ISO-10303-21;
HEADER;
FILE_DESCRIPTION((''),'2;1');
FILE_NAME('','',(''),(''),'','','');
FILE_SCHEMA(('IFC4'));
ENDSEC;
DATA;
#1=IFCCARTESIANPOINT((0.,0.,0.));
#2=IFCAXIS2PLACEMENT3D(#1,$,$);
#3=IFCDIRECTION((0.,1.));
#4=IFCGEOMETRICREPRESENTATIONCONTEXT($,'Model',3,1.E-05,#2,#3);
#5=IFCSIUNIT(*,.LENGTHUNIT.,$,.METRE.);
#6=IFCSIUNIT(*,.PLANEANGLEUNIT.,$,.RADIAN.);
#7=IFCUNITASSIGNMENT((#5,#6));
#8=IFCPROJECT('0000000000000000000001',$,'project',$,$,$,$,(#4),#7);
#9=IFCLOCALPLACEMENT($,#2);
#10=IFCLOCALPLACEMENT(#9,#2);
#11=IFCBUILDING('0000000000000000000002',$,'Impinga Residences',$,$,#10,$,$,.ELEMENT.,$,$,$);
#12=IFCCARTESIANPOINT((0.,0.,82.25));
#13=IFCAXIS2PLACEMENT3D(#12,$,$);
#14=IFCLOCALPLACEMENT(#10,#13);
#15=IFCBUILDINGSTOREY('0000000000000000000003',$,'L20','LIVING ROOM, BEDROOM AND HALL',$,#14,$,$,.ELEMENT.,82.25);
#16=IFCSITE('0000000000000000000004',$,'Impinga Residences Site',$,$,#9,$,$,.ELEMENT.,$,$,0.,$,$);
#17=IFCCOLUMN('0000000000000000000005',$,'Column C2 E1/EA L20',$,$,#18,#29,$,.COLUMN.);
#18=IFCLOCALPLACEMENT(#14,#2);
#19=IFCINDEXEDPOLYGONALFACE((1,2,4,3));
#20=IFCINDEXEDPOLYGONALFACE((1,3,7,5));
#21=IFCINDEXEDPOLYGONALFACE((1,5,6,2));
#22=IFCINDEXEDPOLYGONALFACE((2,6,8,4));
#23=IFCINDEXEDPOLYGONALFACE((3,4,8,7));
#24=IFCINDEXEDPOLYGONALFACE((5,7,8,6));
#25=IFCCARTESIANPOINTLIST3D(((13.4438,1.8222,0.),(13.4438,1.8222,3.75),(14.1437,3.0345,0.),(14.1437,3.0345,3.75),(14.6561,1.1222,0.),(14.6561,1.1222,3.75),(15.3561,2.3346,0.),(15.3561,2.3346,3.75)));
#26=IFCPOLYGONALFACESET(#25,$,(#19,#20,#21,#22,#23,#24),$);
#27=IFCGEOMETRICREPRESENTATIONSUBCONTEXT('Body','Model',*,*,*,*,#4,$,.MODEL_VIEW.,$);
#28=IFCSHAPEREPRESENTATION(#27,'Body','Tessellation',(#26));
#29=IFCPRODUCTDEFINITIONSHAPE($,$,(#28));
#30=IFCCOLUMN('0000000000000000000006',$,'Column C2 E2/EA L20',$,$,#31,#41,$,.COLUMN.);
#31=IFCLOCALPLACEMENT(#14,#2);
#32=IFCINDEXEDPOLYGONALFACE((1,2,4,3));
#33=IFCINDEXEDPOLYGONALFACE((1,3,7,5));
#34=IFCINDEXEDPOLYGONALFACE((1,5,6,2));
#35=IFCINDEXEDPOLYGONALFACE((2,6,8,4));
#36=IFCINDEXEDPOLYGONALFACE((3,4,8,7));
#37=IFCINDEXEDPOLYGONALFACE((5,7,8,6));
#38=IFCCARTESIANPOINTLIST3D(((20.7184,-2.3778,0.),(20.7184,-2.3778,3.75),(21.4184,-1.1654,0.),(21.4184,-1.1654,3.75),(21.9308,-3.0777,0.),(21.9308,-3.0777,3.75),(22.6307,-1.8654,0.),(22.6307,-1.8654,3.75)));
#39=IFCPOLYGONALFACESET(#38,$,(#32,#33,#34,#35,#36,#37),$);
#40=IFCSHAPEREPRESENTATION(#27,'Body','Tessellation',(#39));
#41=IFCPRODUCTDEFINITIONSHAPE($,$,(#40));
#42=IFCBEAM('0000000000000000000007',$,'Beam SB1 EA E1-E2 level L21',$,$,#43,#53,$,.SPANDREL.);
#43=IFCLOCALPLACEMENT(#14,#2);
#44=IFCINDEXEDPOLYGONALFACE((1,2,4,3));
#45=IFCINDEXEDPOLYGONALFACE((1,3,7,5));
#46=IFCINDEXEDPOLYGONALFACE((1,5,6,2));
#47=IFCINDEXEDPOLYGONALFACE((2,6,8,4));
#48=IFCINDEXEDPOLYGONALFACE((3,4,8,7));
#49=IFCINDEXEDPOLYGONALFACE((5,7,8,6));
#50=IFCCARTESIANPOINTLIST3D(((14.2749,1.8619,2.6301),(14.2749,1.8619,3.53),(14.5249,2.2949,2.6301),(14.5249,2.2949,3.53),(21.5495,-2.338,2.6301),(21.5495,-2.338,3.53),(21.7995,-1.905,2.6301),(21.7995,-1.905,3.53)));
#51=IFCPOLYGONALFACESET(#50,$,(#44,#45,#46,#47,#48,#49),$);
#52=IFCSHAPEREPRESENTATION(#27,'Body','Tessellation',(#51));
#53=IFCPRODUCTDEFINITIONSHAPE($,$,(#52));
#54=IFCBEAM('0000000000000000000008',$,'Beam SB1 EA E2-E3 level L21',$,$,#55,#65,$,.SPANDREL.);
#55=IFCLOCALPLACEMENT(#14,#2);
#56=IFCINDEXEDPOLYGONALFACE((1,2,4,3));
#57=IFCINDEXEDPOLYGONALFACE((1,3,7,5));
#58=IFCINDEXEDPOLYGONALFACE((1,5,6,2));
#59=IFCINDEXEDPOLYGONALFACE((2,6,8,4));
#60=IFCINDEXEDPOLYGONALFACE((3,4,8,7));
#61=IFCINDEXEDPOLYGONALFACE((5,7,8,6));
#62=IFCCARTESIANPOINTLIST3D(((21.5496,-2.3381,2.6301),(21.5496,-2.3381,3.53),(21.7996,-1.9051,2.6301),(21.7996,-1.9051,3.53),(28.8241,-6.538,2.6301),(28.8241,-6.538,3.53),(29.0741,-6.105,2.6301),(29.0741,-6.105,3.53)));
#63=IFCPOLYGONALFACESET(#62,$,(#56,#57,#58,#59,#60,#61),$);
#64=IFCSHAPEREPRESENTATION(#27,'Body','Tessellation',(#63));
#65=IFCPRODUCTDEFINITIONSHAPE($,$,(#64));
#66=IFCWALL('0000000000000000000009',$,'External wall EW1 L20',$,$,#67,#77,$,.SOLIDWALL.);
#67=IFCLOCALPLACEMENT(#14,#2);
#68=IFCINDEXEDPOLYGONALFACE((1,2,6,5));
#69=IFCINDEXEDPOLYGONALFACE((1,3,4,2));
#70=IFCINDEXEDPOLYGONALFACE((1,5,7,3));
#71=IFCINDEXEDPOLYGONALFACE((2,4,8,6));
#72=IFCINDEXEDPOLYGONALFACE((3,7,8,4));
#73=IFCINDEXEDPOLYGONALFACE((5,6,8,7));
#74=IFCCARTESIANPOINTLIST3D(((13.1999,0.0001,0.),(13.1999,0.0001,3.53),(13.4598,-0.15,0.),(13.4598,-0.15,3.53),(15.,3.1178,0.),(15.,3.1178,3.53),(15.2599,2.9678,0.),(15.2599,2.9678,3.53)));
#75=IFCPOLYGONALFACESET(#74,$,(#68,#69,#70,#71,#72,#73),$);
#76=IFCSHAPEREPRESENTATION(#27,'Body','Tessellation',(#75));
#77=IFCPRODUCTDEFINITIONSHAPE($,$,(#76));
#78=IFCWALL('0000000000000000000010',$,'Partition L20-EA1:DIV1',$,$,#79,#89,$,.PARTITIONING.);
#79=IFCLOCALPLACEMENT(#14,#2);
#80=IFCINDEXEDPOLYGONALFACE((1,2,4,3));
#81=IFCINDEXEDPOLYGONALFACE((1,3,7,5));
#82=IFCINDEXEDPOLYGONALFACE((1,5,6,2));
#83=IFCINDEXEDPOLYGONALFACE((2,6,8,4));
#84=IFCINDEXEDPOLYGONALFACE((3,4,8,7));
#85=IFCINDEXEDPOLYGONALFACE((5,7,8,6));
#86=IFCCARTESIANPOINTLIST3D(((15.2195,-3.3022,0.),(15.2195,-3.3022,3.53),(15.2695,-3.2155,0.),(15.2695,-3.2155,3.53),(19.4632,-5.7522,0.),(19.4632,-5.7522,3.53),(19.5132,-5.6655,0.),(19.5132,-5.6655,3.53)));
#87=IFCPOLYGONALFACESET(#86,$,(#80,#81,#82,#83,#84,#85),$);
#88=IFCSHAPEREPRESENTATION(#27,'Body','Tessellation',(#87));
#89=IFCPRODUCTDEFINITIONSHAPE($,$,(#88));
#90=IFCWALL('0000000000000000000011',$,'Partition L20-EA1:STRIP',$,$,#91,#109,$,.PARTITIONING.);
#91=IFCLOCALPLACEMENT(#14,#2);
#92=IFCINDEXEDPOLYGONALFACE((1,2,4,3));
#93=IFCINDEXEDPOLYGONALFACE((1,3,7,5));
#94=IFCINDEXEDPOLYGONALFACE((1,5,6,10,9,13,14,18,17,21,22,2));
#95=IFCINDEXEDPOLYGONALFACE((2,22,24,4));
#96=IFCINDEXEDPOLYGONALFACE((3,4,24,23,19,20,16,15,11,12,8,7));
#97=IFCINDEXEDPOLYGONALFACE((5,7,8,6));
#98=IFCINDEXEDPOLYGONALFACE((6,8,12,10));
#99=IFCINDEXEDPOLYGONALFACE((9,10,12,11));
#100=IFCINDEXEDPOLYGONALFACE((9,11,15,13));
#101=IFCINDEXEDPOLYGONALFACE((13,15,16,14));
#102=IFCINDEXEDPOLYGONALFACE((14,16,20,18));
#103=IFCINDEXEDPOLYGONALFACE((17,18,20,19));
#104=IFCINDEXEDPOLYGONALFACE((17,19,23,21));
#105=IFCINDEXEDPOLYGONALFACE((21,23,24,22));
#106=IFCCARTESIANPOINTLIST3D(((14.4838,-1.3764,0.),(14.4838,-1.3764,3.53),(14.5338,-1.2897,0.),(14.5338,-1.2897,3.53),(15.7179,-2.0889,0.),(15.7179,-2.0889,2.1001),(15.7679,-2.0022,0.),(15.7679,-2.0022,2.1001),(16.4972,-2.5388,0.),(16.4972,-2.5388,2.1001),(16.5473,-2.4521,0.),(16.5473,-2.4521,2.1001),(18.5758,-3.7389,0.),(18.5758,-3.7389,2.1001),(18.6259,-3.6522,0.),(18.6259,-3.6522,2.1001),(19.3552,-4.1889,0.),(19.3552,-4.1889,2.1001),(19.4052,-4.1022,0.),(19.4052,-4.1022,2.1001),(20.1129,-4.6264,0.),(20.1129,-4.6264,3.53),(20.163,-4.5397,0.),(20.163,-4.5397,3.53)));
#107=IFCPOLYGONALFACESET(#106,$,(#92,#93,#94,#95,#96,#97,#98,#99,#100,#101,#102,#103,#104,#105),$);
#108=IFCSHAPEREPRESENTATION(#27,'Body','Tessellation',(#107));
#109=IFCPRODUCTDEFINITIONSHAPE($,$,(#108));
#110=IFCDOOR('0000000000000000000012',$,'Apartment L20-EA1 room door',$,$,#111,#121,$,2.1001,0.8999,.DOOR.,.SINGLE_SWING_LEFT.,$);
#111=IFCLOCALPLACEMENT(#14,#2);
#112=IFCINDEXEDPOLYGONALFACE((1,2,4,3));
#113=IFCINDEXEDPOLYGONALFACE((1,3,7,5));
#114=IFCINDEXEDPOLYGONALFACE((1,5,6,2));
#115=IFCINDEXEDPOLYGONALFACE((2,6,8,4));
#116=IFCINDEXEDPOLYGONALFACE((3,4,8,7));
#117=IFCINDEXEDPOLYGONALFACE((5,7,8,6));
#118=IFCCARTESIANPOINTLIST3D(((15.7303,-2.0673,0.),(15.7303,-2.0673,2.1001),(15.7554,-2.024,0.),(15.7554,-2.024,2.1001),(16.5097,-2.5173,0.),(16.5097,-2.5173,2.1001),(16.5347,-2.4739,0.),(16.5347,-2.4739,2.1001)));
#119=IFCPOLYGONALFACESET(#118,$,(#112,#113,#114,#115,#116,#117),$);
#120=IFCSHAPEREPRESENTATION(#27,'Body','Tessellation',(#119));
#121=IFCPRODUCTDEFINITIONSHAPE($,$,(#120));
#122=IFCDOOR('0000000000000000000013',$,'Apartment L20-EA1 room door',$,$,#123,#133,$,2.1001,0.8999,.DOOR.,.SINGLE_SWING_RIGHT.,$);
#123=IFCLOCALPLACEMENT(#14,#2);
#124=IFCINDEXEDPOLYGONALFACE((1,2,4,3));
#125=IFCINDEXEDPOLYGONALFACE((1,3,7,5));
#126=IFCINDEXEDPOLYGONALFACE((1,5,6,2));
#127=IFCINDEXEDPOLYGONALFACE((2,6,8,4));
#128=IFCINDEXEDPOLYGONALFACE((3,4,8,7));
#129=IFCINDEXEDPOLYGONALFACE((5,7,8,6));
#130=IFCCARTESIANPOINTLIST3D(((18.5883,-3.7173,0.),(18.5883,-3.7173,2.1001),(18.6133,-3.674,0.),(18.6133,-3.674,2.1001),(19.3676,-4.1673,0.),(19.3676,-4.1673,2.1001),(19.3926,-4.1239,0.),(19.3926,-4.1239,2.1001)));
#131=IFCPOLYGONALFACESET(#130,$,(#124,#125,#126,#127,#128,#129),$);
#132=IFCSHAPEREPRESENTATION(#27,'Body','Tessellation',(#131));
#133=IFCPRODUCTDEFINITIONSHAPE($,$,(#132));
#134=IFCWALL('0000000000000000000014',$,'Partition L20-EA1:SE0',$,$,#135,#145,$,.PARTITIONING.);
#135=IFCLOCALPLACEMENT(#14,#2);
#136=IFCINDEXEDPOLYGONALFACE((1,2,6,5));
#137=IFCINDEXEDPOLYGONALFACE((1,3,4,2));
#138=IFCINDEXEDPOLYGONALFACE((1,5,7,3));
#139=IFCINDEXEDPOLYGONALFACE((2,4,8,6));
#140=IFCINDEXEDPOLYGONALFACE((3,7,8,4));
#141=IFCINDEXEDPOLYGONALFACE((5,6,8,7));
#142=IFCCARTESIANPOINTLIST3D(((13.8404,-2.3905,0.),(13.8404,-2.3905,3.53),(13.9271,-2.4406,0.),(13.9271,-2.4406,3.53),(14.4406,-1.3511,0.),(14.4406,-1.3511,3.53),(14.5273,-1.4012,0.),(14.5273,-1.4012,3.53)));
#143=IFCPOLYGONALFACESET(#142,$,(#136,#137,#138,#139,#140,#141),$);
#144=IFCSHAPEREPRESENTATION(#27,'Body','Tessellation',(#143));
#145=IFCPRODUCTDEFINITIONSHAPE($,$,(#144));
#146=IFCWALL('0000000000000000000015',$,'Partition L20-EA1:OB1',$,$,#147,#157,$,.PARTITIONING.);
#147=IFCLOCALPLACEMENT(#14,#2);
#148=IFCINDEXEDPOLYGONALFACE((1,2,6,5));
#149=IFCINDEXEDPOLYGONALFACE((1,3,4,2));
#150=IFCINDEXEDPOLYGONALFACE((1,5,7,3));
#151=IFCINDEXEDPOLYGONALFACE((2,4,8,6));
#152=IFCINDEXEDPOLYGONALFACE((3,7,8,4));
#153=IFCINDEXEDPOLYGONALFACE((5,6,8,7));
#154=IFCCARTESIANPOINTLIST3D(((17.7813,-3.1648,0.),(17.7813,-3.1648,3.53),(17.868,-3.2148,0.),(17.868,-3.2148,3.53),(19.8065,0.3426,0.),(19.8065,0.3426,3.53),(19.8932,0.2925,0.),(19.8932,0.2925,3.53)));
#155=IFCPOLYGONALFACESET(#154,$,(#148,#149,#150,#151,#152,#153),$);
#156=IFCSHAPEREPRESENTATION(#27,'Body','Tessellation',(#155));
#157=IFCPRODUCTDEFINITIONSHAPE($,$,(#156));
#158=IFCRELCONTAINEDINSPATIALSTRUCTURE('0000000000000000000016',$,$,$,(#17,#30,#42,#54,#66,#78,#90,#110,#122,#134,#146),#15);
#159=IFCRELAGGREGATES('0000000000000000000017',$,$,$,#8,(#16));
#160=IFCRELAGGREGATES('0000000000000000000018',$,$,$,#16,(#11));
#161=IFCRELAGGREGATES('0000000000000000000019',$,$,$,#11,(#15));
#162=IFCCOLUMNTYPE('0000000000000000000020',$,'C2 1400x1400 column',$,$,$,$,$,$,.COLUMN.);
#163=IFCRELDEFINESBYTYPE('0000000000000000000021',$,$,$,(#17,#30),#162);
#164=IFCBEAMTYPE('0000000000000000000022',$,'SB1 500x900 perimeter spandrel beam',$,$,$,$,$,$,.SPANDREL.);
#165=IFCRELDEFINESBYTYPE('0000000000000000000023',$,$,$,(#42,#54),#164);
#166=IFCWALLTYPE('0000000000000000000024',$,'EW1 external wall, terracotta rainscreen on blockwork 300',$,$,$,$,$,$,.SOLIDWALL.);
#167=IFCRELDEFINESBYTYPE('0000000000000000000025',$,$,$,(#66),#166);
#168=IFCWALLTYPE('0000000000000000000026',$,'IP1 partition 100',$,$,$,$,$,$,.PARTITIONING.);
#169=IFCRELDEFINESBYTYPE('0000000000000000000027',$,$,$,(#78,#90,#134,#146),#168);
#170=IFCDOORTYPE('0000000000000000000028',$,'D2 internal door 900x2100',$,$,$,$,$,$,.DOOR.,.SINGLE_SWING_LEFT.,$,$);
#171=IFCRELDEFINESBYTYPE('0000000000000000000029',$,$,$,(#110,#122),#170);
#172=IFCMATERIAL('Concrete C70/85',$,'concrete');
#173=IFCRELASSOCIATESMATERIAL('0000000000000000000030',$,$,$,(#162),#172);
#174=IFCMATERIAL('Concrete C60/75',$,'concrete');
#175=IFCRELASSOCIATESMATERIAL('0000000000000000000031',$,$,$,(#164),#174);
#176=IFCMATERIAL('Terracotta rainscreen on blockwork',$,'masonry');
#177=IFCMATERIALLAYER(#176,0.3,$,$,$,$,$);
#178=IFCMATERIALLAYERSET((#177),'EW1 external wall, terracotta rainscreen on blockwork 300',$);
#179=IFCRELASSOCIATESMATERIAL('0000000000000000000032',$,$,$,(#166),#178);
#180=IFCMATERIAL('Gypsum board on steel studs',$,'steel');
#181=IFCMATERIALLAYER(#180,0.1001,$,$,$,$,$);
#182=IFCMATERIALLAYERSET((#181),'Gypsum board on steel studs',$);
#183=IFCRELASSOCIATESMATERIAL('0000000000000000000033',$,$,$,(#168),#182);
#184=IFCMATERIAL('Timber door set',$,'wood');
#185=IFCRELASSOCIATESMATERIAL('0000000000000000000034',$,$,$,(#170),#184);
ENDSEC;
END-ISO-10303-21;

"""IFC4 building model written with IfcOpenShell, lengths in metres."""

from ifc_helpers import new_model, si_unit, direction, frame, frame_2d, origin, origin_2d, place, context, subcontext, project, spatial, rectangle, extrude, material, layer, layer_set, material_profile, profile_set, type_object, element, fill, save


model = new_model("IFC4")

# Units and contexts
model_context = context("Model", 3, precision=1e-05, world=origin(), true_north=direction((0.0, 1.0)))
body_context = subcontext(model_context, "Body", "Model", "MODEL_VIEW")
ifc_project = project(units=[si_unit("LENGTHUNIT", "METRE"), si_unit("PLANEANGLEUNIT", "RADIAN")], contexts=[model_context])

# Site, building, storey
site_placement = place(None, origin())
site = spatial("IfcSite", under=ifc_project, at=site_placement, Name="Impinga Residences Site", CompositionType="ELEMENT", RefElevation=0.0)
building_placement = place(site_placement, origin())
building = spatial("IfcBuilding", under=site, at=building_placement, Name="Impinga Residences", CompositionType="ELEMENT")
storey_placement = place(building_placement, frame((0.0, 0.0, 82.25)))
storey = spatial("IfcBuildingStorey", under=building, at=storey_placement, Name="L20", Description="LIVING ROOM, BEDROOM AND HALL", CompositionType="ELEMENT", Elevation=82.25)

# Columns
ifc_material_1 = material(Name="Concrete C70/85", Category="concrete")
ifc_material_profile_1 = material_profile(ifc_material_1, rectangle(XDim=1.3999, YDim=1.3999, at=origin_2d()), Name="RC 1400x1400")
ifc_profile_set_1 = profile_set([ifc_material_profile_1], Name="Concrete C70/85")
column_type = type_object("IfcColumnType", Name="C2 1400x1400 column", PredefinedType="COLUMN", material=ifc_profile_set_1)
for number, where, z_axis, x_axis, name in (
    (1, (14.3999, 2.0784, 0.0), (0.0, 0.0, 1.0), (-0.5, -0.866025, 0.0), "Column C2 E1/EA L20"),
    (2, (21.6746, -2.1216, 0.0), (0.0, 0.0, 1.0), (-0.5, -0.866025, 0.0), "Column C2 E2/EA L20"),
):
    element("IfcColumn", number, at=place(storey_placement, frame(where, z_axis=z_axis, x_axis=x_axis)), inside=storey, type_object=column_type, Name=name, PredefinedType="COLUMN", context=body_context, shape_type="SweptSolid", body=[
        extrude(rectangle(XDim=1.3999, YDim=1.3999, at=origin_2d()), origin(), (0.0, 0.0, 1.0), 3.75),
    ])

# Beams
ifc_material_2 = material(Name="Concrete C60/75", Category="concrete")
ifc_material_profile_2 = material_profile(ifc_material_2, rectangle(XDim=0.5, YDim=0.8999, at=origin_2d()), Name="RC 500x900")
ifc_profile_set_2 = profile_set([ifc_material_profile_2], Name="Concrete C60/75")
beam_type = type_object("IfcBeamType", Name="SB1 500x900 perimeter spandrel beam", PredefinedType="SPANDREL", material=ifc_profile_set_2)
for number, where, z_axis, x_axis, name in (
    (3, (14.3999, 2.0784, 3.0801), (0.866029, -0.499993, 0.0), (0.499993, 0.866029, 0.0), "Beam SB1 EA E1-E2 level L21"),
    (4, (21.6746, -2.1216, 3.0801), (0.866029, -0.499993, 0.0), (0.499993, 0.866029, 0.0), "Beam SB1 EA E2-E3 level L21"),
):
    element("IfcBeam", number, at=place(storey_placement, frame(where, z_axis=z_axis, x_axis=x_axis)), inside=storey, type_object=beam_type, Name=name, PredefinedType="SPANDREL", context=body_context, shape_type="SweptSolid", body=[
        extrude(rectangle(XDim=0.5, YDim=0.8999, at=origin_2d()), origin(), (0.0, 0.0, 1.0), 8.3999),
    ])

# Wall
ifc_material_3 = material(Name="Terracotta rainscreen on blockwork", Category="masonry")
ifc_layer_1 = layer(ifc_material_3, 0.3)
ifc_layer_set_1 = layer_set([ifc_layer_1], Name="EW1 external wall, terracotta rainscreen on blockwork 300")
wall_type_1 = type_object("IfcWallType", Name="EW1 external wall, terracotta rainscreen on blockwork 300", PredefinedType="SOLIDWALL", material=ifc_layer_set_1)
wall_1_placement = place(storey_placement, frame((13.3298, -0.075, 0.0), z_axis=(0.0, 0.0, 1.0), x_axis=(0.500012, 0.866018, 0.0)))
element("IfcWall", 5, at=wall_1_placement, inside=storey, type_object=wall_type_1, Name="External wall EW1 L20", PredefinedType="SOLIDWALL", context=body_context, shape_type="SweptSolid", body=[
    extrude(rectangle(XDim=3.6001, YDim=0.3, at=frame_2d((1.8, 0.0))), origin(), (0.0, 0.0, 1.0), 3.53),
])

# Wall
ifc_material_4 = material(Name="Gypsum board on steel studs", Category="steel")
ifc_layer_2 = layer(ifc_material_4, 0.1001)
ifc_layer_set_2 = layer_set([ifc_layer_2], Name="Gypsum board on steel studs")
wall_type_2 = type_object("IfcWallType", Name="IP1 partition 100", PredefinedType="PARTITIONING", material=ifc_layer_set_2)
wall_2_placement = place(storey_placement, frame((15.2444, -3.2588, 0.0), z_axis=(0.0, 0.0, 1.0), x_axis=(0.866036, -0.499981, 0.0)))
element("IfcWall", 6, at=wall_2_placement, inside=storey, type_object=wall_type_2, Name="Partition L20-EA1:DIV1", PredefinedType="PARTITIONING", context=body_context, shape_type="SweptSolid", body=[
    extrude(rectangle(XDim=4.9001, YDim=0.1001, at=frame_2d((2.4502, 0.0))), origin(), (0.0, 0.0, 1.0), 3.53),
])

# Wall, openings, doors
wall_3_placement = place(storey_placement, frame((14.5088, -1.333, 0.0), z_axis=(0.0, 0.0, 1.0), x_axis=(0.866025, -0.500001, 0.0)))
wall_3 = element("IfcWall", 7, at=wall_3_placement, inside=storey, type_object=wall_type_2, Name="Partition L20-EA1:STRIP", PredefinedType="PARTITIONING", context=body_context, shape_type="SweptSolid", body=[
    extrude(rectangle(XDim=6.5, YDim=0.1001, at=frame_2d((3.25, 0.0))), origin(), (0.0, 0.0, 1.0), 3.53),
])
opening_1_placement = place(wall_3_placement, frame((1.425, 0.0, 0.0)))
opening_1 = element("IfcOpeningElement", 8, at=opening_1_placement, cuts=wall_3, PredefinedType="OPENING", context=body_context, shape_type="SweptSolid", body=[
    extrude(rectangle(XDim=0.8999, YDim=2.1001, at=frame_2d((0.45, 1.05))), frame((0.0, 0.0601, 0.0), z_axis=(0.0, -1.0, 0.0), x_axis=(1.0, 0.0, 0.0)), (0.0, 0.0, 1.0), 0.1201),
])
opening_2_placement = place(wall_3_placement, frame((4.7251, 0.0, 0.0)))
opening_2 = element("IfcOpeningElement", 9, at=opening_2_placement, cuts=wall_3, PredefinedType="OPENING", context=body_context, shape_type="SweptSolid", body=[
    extrude(rectangle(XDim=0.8999, YDim=2.1001, at=frame_2d((0.45, 1.05))), frame((0.0, 0.0601, 0.0), z_axis=(0.0, -1.0, 0.0), x_axis=(1.0, 0.0, 0.0)), (0.0, 0.0, 1.0), 0.1201),
])
ifc_material_5 = material(Name="Timber door set", Category="wood")
door_type = type_object("IfcDoorType", Name="D2 internal door 900x2100", OperationType="SINGLE_SWING_LEFT", PredefinedType="DOOR", material=ifc_material_5)
door_1_placement = place(opening_1_placement, origin())
door_1 = element("IfcDoor", 10, at=door_1_placement, inside=storey, type_object=door_type, Name="Apartment L20-EA1 room door", OperationType="SINGLE_SWING_LEFT", OverallHeight=2.1001, OverallWidth=0.8999, PredefinedType="DOOR", context=body_context, shape_type="SweptSolid", body=[
    extrude(rectangle(XDim=0.8999, YDim=2.1001, at=frame_2d((0.45, 1.05))), frame((0.0, 0.0249, 0.0), z_axis=(0.0, -1.0, 0.0), x_axis=(1.0, 0.0, 0.0)), (0.0, 0.0, 1.0), 0.05),
])
fill(opening_1, door_1)
door_2_placement = place(opening_2_placement, origin())
door_2 = element("IfcDoor", 11, at=door_2_placement, inside=storey, type_object=door_type, Name="Apartment L20-EA1 room door", OperationType="SINGLE_SWING_RIGHT", OverallHeight=2.1001, OverallWidth=0.8999, PredefinedType="DOOR", context=body_context, shape_type="SweptSolid", body=[
    extrude(rectangle(XDim=0.8999, YDim=2.1001, at=frame_2d((0.45, 1.05))), frame((0.0, 0.0249, 0.0), z_axis=(0.0, -1.0, 0.0), x_axis=(1.0, 0.0, 0.0)), (0.0, 0.0, 1.0), 0.05),
])
fill(opening_2, door_2)

# Walls
wall_4_placement = place(storey_placement, frame((13.8838, -2.4155, 0.0), z_axis=(0.0, 0.0, 1.0), x_axis=(0.500034, 0.866006, 0.0)))
element("IfcWall", 12, at=wall_4_placement, inside=storey, type_object=wall_type_2, Name="Partition L20-EA1:SE0", PredefinedType="PARTITIONING", context=body_context, shape_type="SweptSolid", body=[
    extrude(rectangle(XDim=1.2002, YDim=0.1001, at=frame_2d((0.6001, 0.0))), origin(), (0.0, 0.0, 1.0), 3.53),
])
wall_5_placement = place(storey_placement, frame((17.8247, -3.1897, 0.0), z_axis=(0.0, 0.0, 1.0), x_axis=(0.500036, 0.866005, 0.0)))
element("IfcWall", 13, at=wall_5_placement, inside=storey, type_object=wall_type_2, Name="Partition L20-EA1:OB1", PredefinedType="PARTITIONING", context=body_context, shape_type="SweptSolid", body=[
    extrude(rectangle(XDim=4.05, YDim=0.1001, at=frame_2d((2.0249, 0.0))), origin(), (0.0, 0.0, 1.0), 3.53),
])

save(model, "model.ifc")
